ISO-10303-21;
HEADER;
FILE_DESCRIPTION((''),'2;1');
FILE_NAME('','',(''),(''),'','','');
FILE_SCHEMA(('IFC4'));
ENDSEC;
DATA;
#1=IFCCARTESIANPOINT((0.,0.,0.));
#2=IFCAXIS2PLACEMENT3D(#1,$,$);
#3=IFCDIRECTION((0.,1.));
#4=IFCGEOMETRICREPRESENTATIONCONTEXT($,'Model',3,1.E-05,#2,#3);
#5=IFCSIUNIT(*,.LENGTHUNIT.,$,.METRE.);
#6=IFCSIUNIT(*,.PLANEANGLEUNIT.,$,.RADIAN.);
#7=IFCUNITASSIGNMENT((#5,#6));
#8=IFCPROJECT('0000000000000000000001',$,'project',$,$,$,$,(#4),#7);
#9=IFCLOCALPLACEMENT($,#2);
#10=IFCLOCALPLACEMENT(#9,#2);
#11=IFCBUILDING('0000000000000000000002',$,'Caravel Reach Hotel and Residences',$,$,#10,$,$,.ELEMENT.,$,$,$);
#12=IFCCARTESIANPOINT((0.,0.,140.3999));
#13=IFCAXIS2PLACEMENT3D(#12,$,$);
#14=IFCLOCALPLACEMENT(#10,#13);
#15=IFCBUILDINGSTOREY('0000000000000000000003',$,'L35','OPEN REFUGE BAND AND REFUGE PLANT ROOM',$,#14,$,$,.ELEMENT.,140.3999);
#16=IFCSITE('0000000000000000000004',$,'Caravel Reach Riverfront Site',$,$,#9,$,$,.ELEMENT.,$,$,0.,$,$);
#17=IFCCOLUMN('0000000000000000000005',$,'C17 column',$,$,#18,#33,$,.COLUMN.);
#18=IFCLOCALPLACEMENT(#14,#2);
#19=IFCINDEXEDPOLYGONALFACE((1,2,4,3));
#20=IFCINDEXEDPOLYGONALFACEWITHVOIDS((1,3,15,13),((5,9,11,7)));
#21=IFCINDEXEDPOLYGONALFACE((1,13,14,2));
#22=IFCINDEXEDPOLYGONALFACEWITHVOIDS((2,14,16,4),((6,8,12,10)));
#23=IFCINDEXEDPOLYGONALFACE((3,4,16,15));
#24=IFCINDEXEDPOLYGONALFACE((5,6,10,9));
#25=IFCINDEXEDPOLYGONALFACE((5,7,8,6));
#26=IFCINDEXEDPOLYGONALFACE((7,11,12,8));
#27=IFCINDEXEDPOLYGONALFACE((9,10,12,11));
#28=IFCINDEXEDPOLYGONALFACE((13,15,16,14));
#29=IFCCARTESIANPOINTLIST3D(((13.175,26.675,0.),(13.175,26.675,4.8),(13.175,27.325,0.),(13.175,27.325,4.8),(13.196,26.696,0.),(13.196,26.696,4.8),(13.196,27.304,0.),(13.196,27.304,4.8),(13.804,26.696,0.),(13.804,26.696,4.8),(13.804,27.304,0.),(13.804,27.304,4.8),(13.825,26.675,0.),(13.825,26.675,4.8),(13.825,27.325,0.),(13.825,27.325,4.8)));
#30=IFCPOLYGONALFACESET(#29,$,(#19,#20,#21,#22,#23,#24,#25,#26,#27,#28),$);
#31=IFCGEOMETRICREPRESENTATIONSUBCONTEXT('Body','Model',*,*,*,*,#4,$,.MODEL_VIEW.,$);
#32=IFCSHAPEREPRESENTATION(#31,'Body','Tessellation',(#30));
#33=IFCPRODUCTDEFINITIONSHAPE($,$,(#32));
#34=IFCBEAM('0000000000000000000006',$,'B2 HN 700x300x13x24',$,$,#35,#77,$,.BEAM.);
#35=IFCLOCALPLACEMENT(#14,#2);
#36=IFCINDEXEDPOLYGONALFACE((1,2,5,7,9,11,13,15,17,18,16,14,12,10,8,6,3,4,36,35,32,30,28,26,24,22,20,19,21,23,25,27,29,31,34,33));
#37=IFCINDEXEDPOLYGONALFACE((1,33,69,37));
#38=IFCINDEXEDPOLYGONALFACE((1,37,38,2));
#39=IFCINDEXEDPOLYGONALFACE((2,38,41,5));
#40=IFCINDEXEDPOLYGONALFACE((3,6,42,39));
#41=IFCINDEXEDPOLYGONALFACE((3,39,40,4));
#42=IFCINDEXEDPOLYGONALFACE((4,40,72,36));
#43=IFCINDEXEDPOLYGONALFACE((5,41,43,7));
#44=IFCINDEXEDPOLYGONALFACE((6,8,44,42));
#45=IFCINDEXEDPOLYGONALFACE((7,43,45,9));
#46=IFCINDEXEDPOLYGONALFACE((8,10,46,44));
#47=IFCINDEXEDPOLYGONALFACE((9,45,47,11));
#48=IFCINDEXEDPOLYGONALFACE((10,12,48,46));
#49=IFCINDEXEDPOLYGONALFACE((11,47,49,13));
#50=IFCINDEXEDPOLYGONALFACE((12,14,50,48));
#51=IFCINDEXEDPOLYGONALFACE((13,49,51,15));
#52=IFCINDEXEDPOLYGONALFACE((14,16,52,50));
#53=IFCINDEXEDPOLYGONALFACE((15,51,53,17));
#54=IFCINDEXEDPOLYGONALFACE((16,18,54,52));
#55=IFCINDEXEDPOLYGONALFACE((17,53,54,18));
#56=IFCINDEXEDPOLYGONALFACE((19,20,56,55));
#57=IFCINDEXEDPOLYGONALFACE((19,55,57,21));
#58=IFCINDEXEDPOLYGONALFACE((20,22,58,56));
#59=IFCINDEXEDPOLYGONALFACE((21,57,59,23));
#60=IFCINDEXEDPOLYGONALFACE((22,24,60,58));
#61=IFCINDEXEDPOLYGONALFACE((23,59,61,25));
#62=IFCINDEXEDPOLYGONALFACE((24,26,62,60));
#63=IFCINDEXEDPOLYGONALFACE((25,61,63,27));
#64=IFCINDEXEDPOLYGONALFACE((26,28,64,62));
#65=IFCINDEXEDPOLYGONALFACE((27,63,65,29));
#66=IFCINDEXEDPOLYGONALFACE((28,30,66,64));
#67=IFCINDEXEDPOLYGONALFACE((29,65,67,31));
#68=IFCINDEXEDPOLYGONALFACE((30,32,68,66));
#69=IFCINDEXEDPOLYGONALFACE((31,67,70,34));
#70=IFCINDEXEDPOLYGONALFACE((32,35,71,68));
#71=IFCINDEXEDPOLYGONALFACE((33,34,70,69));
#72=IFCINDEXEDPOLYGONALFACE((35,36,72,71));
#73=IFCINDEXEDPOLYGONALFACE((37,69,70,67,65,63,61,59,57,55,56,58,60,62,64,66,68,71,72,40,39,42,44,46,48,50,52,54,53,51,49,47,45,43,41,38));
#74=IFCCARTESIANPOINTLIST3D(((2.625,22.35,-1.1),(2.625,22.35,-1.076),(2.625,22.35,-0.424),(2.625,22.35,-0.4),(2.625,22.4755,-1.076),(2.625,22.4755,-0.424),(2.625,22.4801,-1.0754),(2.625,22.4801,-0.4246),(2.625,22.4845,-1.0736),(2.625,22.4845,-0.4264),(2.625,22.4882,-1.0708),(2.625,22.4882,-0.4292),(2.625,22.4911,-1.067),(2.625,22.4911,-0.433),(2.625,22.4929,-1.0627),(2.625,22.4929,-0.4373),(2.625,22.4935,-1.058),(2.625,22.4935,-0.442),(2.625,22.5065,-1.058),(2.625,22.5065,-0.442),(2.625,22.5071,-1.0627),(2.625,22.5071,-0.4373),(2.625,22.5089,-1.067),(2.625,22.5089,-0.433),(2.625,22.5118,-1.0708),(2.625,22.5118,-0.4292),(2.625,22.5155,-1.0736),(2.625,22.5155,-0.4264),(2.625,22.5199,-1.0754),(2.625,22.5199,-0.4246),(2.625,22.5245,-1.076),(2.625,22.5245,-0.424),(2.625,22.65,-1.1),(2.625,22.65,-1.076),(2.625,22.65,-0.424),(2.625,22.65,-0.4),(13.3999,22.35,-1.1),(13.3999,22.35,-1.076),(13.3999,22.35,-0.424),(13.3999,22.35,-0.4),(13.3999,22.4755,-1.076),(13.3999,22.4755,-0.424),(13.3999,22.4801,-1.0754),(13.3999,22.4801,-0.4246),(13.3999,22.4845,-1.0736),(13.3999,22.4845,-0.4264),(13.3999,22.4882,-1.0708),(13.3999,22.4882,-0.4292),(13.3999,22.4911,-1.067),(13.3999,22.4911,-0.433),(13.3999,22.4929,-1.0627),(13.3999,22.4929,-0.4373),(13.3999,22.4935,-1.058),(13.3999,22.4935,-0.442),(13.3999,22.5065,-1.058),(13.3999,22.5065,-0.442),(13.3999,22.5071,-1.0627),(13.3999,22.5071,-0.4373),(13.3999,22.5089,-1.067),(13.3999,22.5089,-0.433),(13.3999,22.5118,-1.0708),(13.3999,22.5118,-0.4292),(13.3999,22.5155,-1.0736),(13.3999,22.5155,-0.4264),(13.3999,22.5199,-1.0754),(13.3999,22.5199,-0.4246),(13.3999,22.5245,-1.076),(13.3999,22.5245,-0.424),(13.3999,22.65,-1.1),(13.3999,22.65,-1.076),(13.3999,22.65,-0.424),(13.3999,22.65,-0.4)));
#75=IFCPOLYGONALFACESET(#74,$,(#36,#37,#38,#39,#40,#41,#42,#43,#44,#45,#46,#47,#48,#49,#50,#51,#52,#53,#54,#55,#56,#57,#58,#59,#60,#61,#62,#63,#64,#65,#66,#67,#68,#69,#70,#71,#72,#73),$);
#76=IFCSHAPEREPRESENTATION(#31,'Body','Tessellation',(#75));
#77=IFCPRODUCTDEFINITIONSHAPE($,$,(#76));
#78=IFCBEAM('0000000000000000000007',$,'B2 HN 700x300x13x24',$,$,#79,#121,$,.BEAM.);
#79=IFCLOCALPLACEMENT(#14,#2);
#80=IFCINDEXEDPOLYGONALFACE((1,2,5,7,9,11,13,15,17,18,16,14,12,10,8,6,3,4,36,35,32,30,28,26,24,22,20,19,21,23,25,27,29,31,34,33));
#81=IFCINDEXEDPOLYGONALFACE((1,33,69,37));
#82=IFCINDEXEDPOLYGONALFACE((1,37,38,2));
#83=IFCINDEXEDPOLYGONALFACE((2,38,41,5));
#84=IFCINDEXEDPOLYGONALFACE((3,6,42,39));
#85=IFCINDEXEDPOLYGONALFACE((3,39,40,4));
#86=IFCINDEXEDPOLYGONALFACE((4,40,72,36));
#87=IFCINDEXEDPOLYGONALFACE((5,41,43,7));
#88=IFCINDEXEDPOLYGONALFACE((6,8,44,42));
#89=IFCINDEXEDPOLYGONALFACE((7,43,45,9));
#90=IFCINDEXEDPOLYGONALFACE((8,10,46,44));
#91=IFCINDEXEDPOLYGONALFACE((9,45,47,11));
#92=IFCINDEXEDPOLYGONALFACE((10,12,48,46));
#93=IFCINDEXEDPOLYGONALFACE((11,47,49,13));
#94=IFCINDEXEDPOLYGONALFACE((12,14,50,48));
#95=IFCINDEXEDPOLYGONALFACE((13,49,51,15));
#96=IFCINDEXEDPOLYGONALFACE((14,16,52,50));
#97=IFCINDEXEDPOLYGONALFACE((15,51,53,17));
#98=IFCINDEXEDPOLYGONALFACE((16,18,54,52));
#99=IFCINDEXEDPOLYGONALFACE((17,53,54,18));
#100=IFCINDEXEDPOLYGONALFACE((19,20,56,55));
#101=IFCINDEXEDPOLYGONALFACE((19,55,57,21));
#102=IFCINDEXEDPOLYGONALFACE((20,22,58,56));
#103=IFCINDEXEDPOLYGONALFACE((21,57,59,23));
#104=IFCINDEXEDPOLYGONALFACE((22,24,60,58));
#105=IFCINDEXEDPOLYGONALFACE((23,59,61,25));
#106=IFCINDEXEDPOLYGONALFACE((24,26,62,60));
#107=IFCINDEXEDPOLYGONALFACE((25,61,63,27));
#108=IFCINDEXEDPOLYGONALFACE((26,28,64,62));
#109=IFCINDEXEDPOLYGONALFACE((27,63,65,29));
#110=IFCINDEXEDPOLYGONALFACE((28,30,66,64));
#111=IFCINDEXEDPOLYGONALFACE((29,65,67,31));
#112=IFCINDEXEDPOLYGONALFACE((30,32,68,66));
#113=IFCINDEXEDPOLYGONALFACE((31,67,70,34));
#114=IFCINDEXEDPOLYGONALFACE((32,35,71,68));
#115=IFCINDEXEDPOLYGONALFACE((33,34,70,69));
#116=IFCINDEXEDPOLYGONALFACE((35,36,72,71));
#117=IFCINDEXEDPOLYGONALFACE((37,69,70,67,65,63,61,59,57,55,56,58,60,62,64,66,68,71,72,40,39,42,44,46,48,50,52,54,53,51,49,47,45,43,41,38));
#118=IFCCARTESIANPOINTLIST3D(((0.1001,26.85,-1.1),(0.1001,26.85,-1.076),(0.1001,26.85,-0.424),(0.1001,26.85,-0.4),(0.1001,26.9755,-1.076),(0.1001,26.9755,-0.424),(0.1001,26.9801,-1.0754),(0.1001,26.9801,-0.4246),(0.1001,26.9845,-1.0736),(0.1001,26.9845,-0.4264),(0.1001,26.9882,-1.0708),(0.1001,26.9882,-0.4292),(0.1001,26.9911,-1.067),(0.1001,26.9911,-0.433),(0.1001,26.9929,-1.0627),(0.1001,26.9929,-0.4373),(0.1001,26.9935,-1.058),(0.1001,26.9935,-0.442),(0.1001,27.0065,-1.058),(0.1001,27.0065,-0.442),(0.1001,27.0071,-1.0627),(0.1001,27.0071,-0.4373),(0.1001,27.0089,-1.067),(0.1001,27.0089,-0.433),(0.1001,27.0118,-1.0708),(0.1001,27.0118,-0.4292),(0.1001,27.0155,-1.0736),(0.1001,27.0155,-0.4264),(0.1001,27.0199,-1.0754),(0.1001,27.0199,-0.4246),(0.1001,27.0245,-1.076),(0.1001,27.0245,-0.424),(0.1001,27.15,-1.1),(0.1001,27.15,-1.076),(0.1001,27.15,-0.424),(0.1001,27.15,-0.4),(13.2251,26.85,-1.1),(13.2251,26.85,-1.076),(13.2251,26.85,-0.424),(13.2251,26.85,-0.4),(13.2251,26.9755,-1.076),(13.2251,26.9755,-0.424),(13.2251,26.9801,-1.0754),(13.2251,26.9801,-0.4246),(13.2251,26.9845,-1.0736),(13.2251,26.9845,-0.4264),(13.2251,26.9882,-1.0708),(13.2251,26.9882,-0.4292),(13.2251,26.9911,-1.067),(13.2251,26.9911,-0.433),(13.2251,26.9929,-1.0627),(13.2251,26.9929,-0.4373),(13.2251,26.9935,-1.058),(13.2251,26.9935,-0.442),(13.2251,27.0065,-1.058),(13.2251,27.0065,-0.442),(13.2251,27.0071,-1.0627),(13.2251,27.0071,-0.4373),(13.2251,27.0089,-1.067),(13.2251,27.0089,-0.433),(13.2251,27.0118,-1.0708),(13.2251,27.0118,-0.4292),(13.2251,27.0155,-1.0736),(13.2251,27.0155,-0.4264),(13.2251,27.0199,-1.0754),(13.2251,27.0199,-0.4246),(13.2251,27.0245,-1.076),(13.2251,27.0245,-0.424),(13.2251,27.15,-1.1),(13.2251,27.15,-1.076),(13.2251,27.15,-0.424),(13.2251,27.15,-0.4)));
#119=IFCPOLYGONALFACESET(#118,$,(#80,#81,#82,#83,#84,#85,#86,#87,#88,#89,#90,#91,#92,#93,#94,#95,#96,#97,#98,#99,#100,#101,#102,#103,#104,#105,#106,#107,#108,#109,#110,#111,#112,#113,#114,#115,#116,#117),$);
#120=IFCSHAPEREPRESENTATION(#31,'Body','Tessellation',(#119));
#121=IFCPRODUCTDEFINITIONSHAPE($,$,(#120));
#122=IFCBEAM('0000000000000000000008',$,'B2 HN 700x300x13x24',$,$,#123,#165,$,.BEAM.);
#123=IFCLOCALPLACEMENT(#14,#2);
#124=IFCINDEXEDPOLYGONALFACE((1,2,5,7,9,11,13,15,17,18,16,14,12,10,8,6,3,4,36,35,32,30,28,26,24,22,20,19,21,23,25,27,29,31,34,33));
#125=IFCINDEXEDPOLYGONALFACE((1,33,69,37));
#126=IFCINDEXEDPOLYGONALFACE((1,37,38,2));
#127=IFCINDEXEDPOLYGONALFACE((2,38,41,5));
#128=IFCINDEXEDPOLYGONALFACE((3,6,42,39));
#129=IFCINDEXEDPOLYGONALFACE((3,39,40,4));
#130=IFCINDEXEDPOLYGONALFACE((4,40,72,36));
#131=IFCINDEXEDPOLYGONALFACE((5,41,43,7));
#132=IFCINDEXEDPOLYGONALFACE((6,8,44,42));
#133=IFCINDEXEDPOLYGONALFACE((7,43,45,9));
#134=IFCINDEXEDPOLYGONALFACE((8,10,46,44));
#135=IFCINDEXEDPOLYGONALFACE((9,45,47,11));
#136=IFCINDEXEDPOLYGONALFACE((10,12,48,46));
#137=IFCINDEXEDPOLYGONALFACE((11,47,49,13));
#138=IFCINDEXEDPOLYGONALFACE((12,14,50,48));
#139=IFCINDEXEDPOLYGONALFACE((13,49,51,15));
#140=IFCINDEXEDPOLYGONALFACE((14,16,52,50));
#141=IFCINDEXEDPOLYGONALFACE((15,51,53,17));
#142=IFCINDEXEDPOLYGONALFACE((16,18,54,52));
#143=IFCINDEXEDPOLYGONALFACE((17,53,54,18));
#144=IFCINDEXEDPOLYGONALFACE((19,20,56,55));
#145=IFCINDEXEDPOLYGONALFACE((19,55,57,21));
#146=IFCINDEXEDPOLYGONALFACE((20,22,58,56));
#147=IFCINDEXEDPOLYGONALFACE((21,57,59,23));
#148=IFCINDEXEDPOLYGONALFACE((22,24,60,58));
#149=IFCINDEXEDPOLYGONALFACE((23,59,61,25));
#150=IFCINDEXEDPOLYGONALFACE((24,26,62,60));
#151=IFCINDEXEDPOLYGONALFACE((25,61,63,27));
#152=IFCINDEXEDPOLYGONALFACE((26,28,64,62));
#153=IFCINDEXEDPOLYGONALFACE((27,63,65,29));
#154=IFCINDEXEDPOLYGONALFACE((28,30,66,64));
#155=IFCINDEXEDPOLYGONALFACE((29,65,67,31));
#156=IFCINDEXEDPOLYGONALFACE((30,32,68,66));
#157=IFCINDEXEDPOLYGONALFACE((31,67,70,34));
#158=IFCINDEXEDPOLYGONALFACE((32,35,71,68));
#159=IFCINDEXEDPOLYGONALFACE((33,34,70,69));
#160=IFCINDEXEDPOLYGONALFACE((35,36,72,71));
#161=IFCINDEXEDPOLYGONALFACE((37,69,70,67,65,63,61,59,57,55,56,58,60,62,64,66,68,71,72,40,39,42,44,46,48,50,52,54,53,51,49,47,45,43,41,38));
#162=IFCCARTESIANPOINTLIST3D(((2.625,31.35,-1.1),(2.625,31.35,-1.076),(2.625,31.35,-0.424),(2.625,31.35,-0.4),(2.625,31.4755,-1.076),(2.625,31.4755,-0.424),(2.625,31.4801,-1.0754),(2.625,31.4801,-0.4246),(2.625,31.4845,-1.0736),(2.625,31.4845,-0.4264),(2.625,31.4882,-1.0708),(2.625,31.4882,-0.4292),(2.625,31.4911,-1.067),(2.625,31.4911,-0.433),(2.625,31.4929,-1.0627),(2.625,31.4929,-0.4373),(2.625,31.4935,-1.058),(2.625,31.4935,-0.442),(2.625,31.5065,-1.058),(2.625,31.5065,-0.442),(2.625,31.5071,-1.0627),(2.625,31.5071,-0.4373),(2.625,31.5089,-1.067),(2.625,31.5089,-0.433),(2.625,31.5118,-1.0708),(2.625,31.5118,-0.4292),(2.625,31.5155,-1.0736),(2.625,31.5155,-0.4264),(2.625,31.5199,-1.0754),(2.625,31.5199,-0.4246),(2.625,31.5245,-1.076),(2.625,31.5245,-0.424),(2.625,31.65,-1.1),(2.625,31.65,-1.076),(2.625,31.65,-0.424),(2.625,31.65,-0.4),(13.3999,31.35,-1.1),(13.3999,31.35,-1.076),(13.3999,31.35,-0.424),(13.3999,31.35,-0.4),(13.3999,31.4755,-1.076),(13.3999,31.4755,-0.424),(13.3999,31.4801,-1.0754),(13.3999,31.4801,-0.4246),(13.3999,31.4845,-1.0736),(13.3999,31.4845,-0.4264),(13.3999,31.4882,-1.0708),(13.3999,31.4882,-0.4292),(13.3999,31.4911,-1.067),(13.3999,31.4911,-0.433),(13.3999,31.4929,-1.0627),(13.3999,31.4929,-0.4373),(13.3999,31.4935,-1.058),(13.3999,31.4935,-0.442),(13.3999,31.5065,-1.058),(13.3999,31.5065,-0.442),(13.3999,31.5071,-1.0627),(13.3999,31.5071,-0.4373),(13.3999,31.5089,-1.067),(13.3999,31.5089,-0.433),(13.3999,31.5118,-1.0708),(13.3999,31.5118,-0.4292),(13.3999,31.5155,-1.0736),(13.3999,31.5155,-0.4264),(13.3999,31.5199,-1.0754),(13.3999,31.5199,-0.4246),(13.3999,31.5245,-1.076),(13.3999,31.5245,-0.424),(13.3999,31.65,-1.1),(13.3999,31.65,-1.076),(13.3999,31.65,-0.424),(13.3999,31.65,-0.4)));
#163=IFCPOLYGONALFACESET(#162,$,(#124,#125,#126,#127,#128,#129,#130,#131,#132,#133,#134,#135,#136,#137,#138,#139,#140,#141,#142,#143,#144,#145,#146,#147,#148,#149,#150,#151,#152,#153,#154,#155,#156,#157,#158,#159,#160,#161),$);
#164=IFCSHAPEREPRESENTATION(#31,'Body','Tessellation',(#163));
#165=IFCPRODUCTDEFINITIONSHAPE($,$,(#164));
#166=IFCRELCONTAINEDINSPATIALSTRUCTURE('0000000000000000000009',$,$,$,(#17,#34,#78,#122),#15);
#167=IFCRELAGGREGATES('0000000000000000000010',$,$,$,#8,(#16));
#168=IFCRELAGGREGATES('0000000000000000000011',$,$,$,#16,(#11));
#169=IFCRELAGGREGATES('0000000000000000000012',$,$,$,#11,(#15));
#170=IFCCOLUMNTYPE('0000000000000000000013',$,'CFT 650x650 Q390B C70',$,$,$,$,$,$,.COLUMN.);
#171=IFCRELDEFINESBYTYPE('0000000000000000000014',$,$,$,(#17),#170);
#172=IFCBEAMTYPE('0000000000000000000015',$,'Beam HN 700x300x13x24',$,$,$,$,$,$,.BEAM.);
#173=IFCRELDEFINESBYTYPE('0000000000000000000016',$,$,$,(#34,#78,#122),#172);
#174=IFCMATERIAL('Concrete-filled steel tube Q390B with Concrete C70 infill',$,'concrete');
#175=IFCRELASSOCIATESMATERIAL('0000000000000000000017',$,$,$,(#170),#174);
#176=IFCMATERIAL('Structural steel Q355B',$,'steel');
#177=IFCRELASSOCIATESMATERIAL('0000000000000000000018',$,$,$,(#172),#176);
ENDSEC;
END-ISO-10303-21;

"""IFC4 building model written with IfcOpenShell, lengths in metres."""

from ifc_helpers import new_model, si_unit, direction, frame, origin, origin_2d, place, context, subcontext, project, spatial, hollow_rectangle, i_section, extrude, material, material_profile, profile_set, type_object, element, save


model = new_model("IFC4")

# Units and contexts
model_context = context("Model", 3, precision=1e-05, world=origin(), true_north=direction((0.0, 1.0)))
body_context = subcontext(model_context, "Body", "Model", "MODEL_VIEW")
ifc_project = project(units=[si_unit("LENGTHUNIT", "METRE"), si_unit("PLANEANGLEUNIT", "RADIAN")], contexts=[model_context])

# Site, building, storey
site_placement = place(None, origin())
site = spatial("IfcSite", under=ifc_project, at=site_placement, Name="Caravel Reach Riverfront Site", CompositionType="ELEMENT", RefElevation=0.0)
building_placement = place(site_placement, origin())
building = spatial("IfcBuilding", under=site, at=building_placement, Name="Caravel Reach Hotel and Residences", CompositionType="ELEMENT")
storey_placement = place(building_placement, frame((0.0, 0.0, 140.3999)))
storey = spatial("IfcBuildingStorey", under=building, at=storey_placement, Name="L35", Description="OPEN REFUGE BAND AND REFUGE PLANT ROOM", CompositionType="ELEMENT", Elevation=140.3999)

# Column
ifc_material_1 = material(Name="Concrete-filled steel tube Q390B with Concrete C70 infill", Category="concrete")
ifc_material_profile_1 = material_profile(ifc_material_1, hollow_rectangle(XDim=0.6499, YDim=0.6499, WallThickness=0.021, at=origin_2d()), Name="RHS 650x650x21")
ifc_profile_set_1 = profile_set([ifc_material_profile_1], Name="Concrete-filled steel tube Q390B with Concrete C70 infill")
column_type = type_object("IfcColumnType", Name="CFT 650x650 Q390B C70", PredefinedType="COLUMN", material=ifc_profile_set_1)
column_placement = place(storey_placement, frame((13.5, 27.0, 0.0), z_axis=(0.0, 0.0, 1.0), x_axis=(1.0, 0.0, 0.0)))
element("IfcColumn", 1, at=column_placement, inside=storey, type_object=column_type, Name="C17 column", PredefinedType="COLUMN", context=body_context, shape_type="SweptSolid", body=[
    extrude(hollow_rectangle(XDim=0.6499, YDim=0.6499, WallThickness=0.021, at=origin_2d()), origin(), (0.0, 0.0, 1.0), 4.8),
])

# Beams
ifc_material_2 = material(Name="Structural steel Q355B", Category="steel")
ifc_material_profile_2 = material_profile(ifc_material_2, i_section(OverallWidth=0.3, OverallDepth=0.7, WebThickness=0.0129, FlangeThickness=0.0239, FilletRadius=0.0181, at=origin_2d()), Name="HN 700x300x13x24")
ifc_profile_set_2 = profile_set([ifc_material_profile_2], Name="Structural steel Q355B")
beam_type_1 = type_object("IfcBeamType", Name="Beam HN 700x300x13x24", PredefinedType="BEAM", material=ifc_profile_set_2)
beam_1_placement = place(storey_placement, frame((13.3999, 22.5, -0.75), z_axis=(-1.0, 0.0, 0.0), x_axis=(0.0, -1.0, 0.0)))
element("IfcBeam", 2, at=beam_1_placement, inside=storey, type_object=beam_type_1, Name="B2 HN 700x300x13x24", PredefinedType="BEAM", context=body_context, shape_type="SweptSolid", body=[
    extrude(i_section(OverallWidth=0.3, OverallDepth=0.7, WebThickness=0.0129, FlangeThickness=0.0239, FilletRadius=0.0181, at=origin_2d()), origin(), (0.0, 0.0, 1.0), 10.7749),
])
beam_2_placement = place(storey_placement, frame((13.2251, 27.0, -0.75), z_axis=(-1.0, 0.0, 0.0), x_axis=(0.0, -1.0, 0.0)))
element("IfcBeam", 3, at=beam_2_placement, inside=storey, type_object=beam_type_1, Name="B2 HN 700x300x13x24", PredefinedType="BEAM", context=body_context, shape_type="SweptSolid", body=[
    extrude(i_section(OverallWidth=0.3, OverallDepth=0.7, WebThickness=0.0129, FlangeThickness=0.0239, FilletRadius=0.0181, at=origin_2d()), origin(), (0.0, 0.0, 1.0), 13.125),
])
beam_3_placement = place(storey_placement, frame((13.3999, 31.5, -0.75), z_axis=(-1.0, 0.0, 0.0), x_axis=(0.0, -1.0, 0.0)))
element("IfcBeam", 4, at=beam_3_placement, inside=storey, type_object=beam_type_1, Name="B2 HN 700x300x13x24", PredefinedType="BEAM", context=body_context, shape_type="SweptSolid", body=[
    extrude(i_section(OverallWidth=0.3, OverallDepth=0.7, WebThickness=0.0129, FlangeThickness=0.0239, FilletRadius=0.0181, at=origin_2d()), origin(), (0.0, 0.0, 1.0), 10.7749),
])

save(model, "model.ifc")
